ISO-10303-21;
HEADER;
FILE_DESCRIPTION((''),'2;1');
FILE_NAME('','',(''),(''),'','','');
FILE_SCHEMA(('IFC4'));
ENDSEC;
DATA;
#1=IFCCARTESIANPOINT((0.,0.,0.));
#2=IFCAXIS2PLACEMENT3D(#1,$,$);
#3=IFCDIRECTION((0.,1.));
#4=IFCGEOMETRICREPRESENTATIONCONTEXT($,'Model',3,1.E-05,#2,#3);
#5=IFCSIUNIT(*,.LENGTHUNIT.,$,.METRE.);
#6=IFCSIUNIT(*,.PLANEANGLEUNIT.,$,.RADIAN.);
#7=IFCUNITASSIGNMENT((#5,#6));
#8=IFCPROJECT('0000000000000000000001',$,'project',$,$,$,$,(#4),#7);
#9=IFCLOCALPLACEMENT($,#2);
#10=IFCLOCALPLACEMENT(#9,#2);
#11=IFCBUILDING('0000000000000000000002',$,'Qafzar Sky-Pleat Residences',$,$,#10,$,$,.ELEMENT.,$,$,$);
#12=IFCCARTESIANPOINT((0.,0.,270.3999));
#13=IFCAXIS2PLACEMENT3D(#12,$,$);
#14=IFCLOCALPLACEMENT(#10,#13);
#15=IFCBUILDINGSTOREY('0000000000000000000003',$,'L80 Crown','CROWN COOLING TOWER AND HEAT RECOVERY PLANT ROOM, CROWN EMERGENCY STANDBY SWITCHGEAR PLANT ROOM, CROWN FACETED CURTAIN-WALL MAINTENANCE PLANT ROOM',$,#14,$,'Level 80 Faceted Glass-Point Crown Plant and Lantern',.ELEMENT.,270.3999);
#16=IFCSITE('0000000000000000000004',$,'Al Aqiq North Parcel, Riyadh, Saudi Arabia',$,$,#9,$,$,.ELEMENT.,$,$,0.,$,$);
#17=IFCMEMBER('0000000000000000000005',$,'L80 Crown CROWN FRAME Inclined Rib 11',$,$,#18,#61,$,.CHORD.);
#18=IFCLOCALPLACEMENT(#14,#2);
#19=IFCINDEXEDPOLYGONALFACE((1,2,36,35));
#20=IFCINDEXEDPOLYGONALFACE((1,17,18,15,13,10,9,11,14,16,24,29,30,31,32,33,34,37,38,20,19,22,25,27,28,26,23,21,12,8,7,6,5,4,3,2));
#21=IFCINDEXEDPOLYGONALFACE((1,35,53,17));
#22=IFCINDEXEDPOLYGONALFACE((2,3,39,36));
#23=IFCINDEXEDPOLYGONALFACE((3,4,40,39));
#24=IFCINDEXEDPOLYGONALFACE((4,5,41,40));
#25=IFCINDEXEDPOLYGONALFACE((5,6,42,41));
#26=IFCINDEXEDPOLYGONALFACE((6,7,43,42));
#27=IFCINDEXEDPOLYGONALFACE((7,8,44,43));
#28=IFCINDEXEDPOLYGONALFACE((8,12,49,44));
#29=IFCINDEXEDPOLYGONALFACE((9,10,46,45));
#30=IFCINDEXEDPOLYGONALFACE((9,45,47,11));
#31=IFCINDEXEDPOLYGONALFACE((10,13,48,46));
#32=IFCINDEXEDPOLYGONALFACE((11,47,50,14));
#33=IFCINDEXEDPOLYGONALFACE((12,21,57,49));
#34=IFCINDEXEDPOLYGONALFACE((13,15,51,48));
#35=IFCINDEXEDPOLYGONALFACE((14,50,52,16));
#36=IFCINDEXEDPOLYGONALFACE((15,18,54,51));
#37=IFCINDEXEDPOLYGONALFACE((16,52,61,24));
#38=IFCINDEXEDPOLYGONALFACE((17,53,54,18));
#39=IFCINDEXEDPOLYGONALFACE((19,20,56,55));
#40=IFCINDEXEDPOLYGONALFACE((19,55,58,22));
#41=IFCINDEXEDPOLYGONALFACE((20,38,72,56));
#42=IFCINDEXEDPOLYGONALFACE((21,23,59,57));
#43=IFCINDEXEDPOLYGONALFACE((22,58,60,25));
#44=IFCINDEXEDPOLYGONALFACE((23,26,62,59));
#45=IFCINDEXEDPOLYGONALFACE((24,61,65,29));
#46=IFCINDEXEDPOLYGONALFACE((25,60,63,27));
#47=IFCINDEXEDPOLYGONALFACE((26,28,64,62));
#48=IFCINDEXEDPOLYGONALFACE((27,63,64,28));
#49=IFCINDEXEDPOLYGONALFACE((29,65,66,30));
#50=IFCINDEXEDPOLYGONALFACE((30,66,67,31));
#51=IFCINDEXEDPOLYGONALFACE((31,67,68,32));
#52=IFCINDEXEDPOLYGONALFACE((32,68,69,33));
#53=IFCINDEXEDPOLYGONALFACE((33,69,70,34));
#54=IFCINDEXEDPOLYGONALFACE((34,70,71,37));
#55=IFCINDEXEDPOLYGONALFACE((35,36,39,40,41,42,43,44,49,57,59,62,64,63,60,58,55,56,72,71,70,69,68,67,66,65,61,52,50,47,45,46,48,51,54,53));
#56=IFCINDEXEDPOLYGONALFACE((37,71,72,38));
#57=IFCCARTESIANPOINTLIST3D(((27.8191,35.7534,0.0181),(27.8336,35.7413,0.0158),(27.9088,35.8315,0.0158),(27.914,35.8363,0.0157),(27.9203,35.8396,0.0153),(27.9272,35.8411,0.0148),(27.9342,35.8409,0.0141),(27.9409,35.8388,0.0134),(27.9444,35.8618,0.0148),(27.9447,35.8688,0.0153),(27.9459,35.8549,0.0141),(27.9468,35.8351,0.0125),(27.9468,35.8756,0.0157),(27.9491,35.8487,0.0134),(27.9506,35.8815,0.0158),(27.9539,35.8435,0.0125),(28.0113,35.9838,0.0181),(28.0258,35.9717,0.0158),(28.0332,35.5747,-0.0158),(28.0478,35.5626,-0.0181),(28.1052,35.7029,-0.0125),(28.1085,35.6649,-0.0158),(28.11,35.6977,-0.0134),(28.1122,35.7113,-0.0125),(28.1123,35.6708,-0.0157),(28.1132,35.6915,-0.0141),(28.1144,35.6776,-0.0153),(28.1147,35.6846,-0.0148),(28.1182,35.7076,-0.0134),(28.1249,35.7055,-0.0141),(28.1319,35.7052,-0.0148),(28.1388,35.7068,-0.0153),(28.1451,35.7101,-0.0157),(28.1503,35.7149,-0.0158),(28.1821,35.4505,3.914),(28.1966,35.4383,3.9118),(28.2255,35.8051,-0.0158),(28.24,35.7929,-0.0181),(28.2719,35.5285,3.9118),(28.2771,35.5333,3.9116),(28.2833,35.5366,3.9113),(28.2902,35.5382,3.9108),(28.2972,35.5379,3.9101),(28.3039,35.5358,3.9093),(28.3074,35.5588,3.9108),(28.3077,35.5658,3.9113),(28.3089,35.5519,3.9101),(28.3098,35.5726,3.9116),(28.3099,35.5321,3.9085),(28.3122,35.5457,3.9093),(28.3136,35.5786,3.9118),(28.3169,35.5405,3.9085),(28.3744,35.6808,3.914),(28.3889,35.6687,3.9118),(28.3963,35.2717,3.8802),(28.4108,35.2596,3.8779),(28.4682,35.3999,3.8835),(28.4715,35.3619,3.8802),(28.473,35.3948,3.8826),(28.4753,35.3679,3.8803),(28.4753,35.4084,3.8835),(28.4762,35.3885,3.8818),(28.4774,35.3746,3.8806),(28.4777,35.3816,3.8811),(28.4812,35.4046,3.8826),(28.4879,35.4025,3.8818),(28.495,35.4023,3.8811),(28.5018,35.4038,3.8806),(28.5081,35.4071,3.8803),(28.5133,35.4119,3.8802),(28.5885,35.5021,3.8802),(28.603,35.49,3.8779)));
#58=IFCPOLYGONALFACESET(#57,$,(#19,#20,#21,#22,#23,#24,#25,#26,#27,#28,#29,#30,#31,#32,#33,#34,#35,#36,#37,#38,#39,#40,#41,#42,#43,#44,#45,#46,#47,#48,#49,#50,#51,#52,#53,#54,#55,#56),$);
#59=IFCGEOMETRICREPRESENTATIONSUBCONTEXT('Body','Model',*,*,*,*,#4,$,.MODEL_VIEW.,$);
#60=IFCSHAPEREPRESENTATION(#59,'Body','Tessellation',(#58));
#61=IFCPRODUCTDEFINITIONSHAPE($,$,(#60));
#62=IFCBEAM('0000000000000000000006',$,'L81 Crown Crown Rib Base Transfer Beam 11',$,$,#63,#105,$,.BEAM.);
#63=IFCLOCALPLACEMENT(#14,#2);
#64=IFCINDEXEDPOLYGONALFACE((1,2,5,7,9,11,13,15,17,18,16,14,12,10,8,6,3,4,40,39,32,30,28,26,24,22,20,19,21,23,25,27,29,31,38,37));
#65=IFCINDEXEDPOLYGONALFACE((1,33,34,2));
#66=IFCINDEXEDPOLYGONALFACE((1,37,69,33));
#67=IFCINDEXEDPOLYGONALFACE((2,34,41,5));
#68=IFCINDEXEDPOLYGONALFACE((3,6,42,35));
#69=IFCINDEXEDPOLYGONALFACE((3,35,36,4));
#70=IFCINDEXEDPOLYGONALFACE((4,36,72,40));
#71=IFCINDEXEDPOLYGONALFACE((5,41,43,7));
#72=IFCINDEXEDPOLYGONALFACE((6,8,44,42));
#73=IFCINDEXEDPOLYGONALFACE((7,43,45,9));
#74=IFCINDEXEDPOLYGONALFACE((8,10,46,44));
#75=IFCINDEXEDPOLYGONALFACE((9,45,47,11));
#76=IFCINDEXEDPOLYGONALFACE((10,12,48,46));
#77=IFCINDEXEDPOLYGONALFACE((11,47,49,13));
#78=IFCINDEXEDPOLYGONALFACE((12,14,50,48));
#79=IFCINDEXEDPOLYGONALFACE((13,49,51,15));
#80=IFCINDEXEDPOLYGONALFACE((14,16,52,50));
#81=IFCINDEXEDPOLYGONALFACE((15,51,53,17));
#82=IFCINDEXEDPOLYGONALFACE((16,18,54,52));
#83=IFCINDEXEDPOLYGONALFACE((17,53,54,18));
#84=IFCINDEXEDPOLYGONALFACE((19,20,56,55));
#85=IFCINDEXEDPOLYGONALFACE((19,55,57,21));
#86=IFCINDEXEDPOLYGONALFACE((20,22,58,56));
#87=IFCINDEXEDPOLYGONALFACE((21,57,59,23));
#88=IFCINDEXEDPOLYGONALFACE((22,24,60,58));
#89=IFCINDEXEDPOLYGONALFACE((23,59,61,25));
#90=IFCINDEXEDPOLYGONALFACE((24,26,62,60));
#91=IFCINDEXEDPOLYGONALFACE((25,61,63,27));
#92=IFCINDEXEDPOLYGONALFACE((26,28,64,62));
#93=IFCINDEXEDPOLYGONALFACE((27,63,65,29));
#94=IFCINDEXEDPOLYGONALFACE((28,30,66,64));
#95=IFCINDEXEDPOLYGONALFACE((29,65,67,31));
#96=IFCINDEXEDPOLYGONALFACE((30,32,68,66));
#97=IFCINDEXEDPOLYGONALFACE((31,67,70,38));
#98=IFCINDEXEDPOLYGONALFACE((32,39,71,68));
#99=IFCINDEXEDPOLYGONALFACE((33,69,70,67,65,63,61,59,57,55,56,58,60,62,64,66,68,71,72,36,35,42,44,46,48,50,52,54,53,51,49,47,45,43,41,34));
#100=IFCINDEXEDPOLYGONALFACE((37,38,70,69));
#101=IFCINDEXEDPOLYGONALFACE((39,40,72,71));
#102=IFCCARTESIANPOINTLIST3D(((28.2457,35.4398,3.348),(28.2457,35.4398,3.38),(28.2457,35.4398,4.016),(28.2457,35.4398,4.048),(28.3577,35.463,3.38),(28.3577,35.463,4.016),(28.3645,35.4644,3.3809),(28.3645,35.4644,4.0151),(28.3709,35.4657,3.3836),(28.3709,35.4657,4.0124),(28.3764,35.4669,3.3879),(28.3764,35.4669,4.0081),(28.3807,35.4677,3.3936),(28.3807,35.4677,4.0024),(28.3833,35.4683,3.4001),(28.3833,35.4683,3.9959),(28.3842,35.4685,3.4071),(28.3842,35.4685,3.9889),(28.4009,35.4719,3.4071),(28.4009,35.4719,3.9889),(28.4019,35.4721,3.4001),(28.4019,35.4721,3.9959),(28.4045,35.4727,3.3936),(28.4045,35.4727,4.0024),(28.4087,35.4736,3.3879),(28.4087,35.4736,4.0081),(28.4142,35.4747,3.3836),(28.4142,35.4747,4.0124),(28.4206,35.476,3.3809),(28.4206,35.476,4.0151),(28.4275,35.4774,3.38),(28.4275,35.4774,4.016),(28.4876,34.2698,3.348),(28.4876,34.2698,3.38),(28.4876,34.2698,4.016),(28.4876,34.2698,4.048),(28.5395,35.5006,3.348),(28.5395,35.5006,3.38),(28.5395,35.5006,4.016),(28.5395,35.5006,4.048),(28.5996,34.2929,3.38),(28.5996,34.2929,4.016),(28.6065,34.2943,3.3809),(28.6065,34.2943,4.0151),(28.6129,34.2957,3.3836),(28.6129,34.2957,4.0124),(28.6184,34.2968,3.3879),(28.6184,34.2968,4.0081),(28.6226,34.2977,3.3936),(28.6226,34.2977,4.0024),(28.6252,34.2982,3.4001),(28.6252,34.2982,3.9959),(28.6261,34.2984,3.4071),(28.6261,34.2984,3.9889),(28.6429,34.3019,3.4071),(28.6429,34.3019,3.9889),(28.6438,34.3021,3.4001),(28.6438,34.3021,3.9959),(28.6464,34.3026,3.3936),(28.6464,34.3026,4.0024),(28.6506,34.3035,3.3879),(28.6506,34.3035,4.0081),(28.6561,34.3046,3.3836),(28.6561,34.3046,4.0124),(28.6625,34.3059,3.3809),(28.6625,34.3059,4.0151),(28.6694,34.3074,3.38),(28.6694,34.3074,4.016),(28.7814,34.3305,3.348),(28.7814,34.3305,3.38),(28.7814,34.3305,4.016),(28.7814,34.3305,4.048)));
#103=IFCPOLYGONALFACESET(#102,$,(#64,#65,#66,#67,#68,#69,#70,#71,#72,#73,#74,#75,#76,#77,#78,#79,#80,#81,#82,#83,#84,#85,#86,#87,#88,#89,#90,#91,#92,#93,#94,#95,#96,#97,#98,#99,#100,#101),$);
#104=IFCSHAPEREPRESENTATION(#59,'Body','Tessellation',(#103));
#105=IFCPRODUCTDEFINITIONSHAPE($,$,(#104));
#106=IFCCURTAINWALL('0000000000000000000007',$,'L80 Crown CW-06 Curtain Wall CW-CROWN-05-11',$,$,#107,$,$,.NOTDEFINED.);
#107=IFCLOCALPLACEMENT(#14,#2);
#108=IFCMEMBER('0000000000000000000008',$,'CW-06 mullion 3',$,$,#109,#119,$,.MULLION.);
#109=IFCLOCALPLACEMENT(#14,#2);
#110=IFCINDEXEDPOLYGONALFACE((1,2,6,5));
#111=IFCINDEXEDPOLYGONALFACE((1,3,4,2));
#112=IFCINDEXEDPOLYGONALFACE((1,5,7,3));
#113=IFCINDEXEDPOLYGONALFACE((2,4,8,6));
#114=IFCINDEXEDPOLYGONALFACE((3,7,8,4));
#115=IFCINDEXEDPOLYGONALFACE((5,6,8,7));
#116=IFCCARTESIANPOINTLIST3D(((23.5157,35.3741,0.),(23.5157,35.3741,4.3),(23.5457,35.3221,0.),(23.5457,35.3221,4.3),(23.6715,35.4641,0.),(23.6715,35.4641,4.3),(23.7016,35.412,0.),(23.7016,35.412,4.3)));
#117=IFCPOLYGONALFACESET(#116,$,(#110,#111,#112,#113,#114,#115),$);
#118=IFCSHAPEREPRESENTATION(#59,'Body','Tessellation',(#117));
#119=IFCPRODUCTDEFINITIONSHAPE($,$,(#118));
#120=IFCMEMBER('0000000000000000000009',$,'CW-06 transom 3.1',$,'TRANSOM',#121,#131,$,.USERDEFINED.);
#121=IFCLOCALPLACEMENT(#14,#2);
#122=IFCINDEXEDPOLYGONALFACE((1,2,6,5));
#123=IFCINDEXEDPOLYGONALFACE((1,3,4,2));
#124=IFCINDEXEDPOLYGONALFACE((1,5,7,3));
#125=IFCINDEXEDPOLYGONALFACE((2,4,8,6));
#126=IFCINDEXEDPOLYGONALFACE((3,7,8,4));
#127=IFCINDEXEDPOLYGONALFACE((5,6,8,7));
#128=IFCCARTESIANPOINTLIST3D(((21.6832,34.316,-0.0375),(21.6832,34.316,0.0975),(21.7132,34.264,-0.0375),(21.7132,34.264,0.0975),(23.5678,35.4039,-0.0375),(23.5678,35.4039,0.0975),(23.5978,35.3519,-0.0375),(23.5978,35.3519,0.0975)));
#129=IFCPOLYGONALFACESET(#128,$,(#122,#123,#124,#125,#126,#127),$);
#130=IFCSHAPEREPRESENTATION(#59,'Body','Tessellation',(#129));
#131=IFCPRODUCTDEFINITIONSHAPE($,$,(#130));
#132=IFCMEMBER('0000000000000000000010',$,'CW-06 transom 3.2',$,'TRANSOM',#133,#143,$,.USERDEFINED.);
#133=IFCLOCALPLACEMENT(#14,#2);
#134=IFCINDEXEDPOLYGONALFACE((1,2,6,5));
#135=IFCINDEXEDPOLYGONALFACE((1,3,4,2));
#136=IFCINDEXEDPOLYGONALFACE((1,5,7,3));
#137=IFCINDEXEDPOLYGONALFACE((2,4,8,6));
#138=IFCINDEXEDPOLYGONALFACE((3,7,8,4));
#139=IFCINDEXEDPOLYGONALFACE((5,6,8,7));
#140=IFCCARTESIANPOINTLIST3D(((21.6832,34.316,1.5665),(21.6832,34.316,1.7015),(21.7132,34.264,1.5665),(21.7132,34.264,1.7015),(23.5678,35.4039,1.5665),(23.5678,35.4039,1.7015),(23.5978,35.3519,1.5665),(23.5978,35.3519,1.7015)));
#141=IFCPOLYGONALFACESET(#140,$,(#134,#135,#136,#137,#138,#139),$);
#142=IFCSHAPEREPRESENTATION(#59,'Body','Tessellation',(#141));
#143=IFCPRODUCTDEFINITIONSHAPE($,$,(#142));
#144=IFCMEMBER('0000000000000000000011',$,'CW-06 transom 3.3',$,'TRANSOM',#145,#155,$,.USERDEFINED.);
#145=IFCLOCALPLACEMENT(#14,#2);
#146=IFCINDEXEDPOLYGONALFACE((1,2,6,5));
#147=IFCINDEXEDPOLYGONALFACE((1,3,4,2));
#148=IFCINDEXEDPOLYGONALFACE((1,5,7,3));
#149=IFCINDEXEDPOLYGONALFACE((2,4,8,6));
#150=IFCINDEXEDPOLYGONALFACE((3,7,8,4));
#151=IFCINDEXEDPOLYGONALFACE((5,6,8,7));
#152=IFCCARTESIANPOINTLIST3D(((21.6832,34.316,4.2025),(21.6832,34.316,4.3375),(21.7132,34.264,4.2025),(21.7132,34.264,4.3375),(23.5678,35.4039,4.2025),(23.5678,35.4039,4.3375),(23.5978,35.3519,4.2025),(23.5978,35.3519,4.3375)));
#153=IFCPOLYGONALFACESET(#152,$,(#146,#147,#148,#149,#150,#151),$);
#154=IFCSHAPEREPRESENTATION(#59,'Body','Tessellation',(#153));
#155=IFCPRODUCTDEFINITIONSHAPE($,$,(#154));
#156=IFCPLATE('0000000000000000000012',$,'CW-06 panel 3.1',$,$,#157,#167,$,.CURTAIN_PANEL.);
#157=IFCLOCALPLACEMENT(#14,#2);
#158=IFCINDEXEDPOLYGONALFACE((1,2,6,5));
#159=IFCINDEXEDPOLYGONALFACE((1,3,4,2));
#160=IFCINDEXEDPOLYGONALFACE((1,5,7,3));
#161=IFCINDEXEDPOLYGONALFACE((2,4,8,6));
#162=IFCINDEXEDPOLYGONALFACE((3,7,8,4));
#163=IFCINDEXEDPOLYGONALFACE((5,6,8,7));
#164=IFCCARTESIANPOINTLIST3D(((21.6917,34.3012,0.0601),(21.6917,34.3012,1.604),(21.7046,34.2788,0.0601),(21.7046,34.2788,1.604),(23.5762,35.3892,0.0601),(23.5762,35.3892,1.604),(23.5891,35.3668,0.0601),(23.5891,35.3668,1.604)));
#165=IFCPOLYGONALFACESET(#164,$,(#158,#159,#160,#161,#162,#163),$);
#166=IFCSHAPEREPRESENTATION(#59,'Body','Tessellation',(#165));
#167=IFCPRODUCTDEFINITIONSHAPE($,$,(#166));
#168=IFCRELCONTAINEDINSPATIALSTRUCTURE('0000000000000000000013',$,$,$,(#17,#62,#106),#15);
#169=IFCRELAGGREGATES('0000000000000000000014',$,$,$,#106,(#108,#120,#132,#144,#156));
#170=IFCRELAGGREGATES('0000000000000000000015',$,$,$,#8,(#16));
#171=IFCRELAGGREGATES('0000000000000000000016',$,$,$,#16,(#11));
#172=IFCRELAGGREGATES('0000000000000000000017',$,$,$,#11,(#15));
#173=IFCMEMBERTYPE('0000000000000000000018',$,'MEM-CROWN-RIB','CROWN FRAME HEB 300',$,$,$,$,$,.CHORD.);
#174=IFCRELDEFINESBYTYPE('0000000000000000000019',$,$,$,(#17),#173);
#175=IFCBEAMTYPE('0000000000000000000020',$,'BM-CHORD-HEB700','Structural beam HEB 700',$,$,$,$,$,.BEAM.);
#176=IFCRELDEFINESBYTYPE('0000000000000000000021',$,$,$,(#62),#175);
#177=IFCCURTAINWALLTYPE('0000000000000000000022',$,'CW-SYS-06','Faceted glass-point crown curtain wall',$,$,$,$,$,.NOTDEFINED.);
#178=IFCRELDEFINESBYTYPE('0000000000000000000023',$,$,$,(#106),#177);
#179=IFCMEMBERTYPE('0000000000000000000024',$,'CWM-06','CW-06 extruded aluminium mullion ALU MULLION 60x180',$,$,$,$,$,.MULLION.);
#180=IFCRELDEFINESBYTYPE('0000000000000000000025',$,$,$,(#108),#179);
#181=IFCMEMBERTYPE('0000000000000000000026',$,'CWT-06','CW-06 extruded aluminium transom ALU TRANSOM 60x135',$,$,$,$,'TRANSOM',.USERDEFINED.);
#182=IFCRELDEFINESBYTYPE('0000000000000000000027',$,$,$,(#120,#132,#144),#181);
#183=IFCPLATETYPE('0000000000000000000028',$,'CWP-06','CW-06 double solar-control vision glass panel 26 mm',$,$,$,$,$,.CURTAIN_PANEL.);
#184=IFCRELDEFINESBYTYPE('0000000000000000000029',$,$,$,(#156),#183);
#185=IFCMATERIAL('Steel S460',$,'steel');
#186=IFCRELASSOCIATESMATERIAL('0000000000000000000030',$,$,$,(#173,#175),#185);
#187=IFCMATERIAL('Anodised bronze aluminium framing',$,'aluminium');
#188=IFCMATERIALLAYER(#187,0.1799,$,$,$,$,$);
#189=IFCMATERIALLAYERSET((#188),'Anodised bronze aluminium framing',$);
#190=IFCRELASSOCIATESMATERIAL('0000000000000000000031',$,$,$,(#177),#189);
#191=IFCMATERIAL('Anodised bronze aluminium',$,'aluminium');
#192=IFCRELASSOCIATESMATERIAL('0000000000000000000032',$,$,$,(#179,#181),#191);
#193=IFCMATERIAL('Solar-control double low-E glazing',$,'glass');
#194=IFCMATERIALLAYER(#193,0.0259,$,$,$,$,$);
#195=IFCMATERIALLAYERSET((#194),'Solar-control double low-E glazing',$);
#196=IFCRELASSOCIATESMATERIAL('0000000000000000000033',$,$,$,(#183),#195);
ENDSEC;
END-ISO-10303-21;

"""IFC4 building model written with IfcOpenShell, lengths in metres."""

from ifc_helpers import new_model, si_unit, direction, frame, origin, origin_2d, place, context, subcontext, project, spatial, rectangle, i_section, extrude, source, transform, mapped, material, layer, layer_set, material_profile, profile_set, type_object, element, aggregate, save


model = new_model("IFC4")

# Units and contexts
model_context = context("Model", 3, precision=1e-05, world=origin(), true_north=direction((0.0, 1.0)))
body_context = subcontext(model_context, "Body", "Model", "MODEL_VIEW")
ifc_project = project(units=[si_unit("LENGTHUNIT", "METRE"), si_unit("PLANEANGLEUNIT", "RADIAN")], contexts=[model_context])

# Site, building, storey
site_placement = place(None, origin())
site = spatial("IfcSite", under=ifc_project, at=site_placement, Name="Al Aqiq North Parcel, Riyadh, Saudi Arabia", CompositionType="ELEMENT", RefElevation=0.0)
building_placement = place(site_placement, origin())
building = spatial("IfcBuilding", under=site, at=building_placement, Name="Qafzar Sky-Pleat Residences", CompositionType="ELEMENT")
storey_placement = place(building_placement, frame((0.0, 0.0, 270.3999)))
storey = spatial("IfcBuildingStorey", under=building, at=storey_placement, Name="L80 Crown", Description="CROWN COOLING TOWER AND HEAT RECOVERY PLANT ROOM, CROWN EMERGENCY STANDBY SWITCHGEAR PLANT ROOM, CROWN FACETED CURTAIN-WALL MAINTENANCE PLANT ROOM", LongName="Level 80 Faceted Glass-Point Crown Plant and Lantern", CompositionType="ELEMENT", Elevation=270.3999)

# Member
ifc_material_1 = material(Name="Steel S460", Category="steel")
ifc_material_profile_1 = material_profile(ifc_material_1, i_section(OverallWidth=0.3, OverallDepth=0.3, WebThickness=0.011, FlangeThickness=0.019, FilletRadius=0.0271, at=origin_2d()), Name="HEB 300")
ifc_profile_set_1 = profile_set([ifc_material_profile_1], Name="Steel S460")
member_type_1 = type_object("IfcMemberType", Name="MEM-CROWN-RIB", Description="CROWN FRAME HEB 300", PredefinedType="CHORD", material=ifc_profile_set_1)
shared_shape_1 = source(origin(), body_context, "Body", "SweptSolid", [
    extrude(i_section(OverallWidth=0.3, OverallDepth=0.3, WebThickness=0.011, FlangeThickness=0.019, FilletRadius=0.0271, at=origin_2d()), origin(), (0.0, 0.0, 1.0), 3.9246),
])
member_1_placement = place(storey_placement, frame((28.0295, 35.7732, 0.0), z_axis=(0.092503, -0.0772, 0.992715), x_axis=(0.640743, 0.767756, 0.0)))
element("IfcMember", 1, at=member_1_placement, inside=storey, type_object=member_type_1, Name="L80 Crown CROWN FRAME Inclined Rib 11", PredefinedType="CHORD", context=body_context, shape_type="MappedRepresentation", body=[
    mapped(shared_shape_1, transform((0.0, 0.0, 0.0), x_axis=(1.0, 0.0, 0.0), y_axis=(0.0, 1.0, 0.0), z_axis=(0.0, 0.0, 1.0), scale=1.0)),
])

# Beam
ifc_material_profile_2 = material_profile(ifc_material_1, i_section(OverallWidth=0.3, OverallDepth=0.7, WebThickness=0.0171, FlangeThickness=0.032, FilletRadius=0.0271, at=origin_2d()), Name="HEB 700")
ifc_profile_set_2 = profile_set([ifc_material_profile_2], Name="Steel S460")
beam_type = type_object("IfcBeamType", Name="BM-CHORD-HEB700", Description="Structural beam HEB 700", PredefinedType="BEAM", material=ifc_profile_set_2)
shared_shape_2 = source(origin(), body_context, "Body", "SweptSolid", [
    extrude(i_section(OverallWidth=0.3, OverallDepth=0.7, WebThickness=0.0171, FlangeThickness=0.032, FilletRadius=0.0271, at=origin_2d()), origin(), (0.0, 0.0, 1.0), 1.1948),
])
beam_placement = place(storey_placement, frame((28.3926, 35.4702, 3.698), z_axis=(0.202477, -0.979287, 0.0), x_axis=(0.979287, 0.202477, 0.0)))
element("IfcBeam", 2, at=beam_placement, inside=storey, type_object=beam_type, Name="L81 Crown Crown Rib Base Transfer Beam 11", PredefinedType="BEAM", context=body_context, shape_type="MappedRepresentation", body=[
    mapped(shared_shape_2, transform((0.0, 0.0, 0.0), x_axis=(1.0, 0.0, 0.0), y_axis=(0.0, 1.0, 0.0), z_axis=(0.0, 0.0, 1.0), scale=1.0)),
])

# Curtain wall, members, plate
ifc_material_2 = material(Name="Anodised bronze aluminium framing", Category="aluminium")
ifc_layer_1 = layer(ifc_material_2, 0.1799)
ifc_layer_set_1 = layer_set([ifc_layer_1], Name="Anodised bronze aluminium framing")
curtain_wall_type = type_object("IfcCurtainWallType", Name="CW-SYS-06", Description="Faceted glass-point crown curtain wall", PredefinedType="NOTDEFINED", material=ifc_layer_set_1)
curtain_wall_placement = place(storey_placement, origin())
curtain_wall = element("IfcCurtainWall", 3, at=curtain_wall_placement, inside=storey, type_object=curtain_wall_type, Name="L80 Crown CW-06 Curtain Wall CW-CROWN-05-11", PredefinedType="NOTDEFINED")
ifc_material_3 = material(Name="Anodised bronze aluminium", Category="aluminium")
ifc_material_profile_3 = material_profile(ifc_material_3, rectangle(XDim=0.0601, YDim=0.1799, at=origin_2d()), Name="ALU MULLION 60x180")
ifc_profile_set_3 = profile_set([ifc_material_profile_3], Name="Anodised bronze aluminium")
member_type_2 = type_object("IfcMemberType", Name="CWM-06", Description="CW-06 extruded aluminium mullion ALU MULLION 60x180", PredefinedType="MULLION", material=ifc_profile_set_3)
shared_shape_3 = source(origin(), body_context, "Body", "SweptSolid", [
    extrude(rectangle(XDim=0.0601, YDim=0.1799, at=origin_2d()), origin(), (0.0, 0.0, 1.0), 4.3),
])
member_2_placement = place(storey_placement, frame((23.6086, 35.3931, 0.0), z_axis=(0.0, 0.0, 1.0), x_axis=(0.500003, -0.866024, 0.0)))
member_2 = element("IfcMember", 4, at=member_2_placement, type_object=member_type_2, Name="CW-06 mullion 3", PredefinedType="MULLION", context=body_context, shape_type="MappedRepresentation", body=[
    mapped(shared_shape_3, transform((0.0, 0.0, 0.0), x_axis=(1.0, 0.0, 0.0), y_axis=(0.0, 1.0, 0.0), z_axis=(0.0, 0.0, 1.0), scale=1.0)),
])
ifc_material_profile_4 = material_profile(ifc_material_3, rectangle(XDim=0.0601, YDim=0.135, at=origin_2d()), Name="ALU TRANSOM 60x135")
ifc_profile_set_4 = profile_set([ifc_material_profile_4], Name="Anodised bronze aluminium")
member_type_3 = type_object("IfcMemberType", Name="CWT-06", Description="CW-06 extruded aluminium transom ALU TRANSOM 60x135", ElementType="TRANSOM", PredefinedType="USERDEFINED", material=ifc_profile_set_4)
shared_shape_4 = source(origin(), body_context, "Body", "SweptSolid", [
    extrude(rectangle(XDim=0.0601, YDim=0.135, at=origin_2d()), origin(), (0.0, 0.0, 1.0), 2.176),
])
member_3_placement = place(storey_placement, frame((23.5828, 35.3779, 0.03), z_axis=(-0.866053, -0.499952, 0.0), x_axis=(0.499952, -0.866053, 0.0)))
member_3 = element("IfcMember", 5, at=member_3_placement, type_object=member_type_3, Name="CW-06 transom 3.1", ObjectType="TRANSOM", PredefinedType="USERDEFINED", context=body_context, shape_type="MappedRepresentation", body=[
    mapped(shared_shape_4, transform((0.0, 0.0, 0.0), x_axis=(1.0, 0.0, 0.0), y_axis=(0.0, 1.0, 0.0), z_axis=(0.0, 0.0, 1.0), scale=1.0)),
])
member_4_placement = place(storey_placement, frame((23.5828, 35.3779, 1.634), z_axis=(-0.866053, -0.499952, 0.0), x_axis=(0.499952, -0.866053, 0.0)))
member_4 = element("IfcMember", 6, at=member_4_placement, type_object=member_type_3, Name="CW-06 transom 3.2", ObjectType="TRANSOM", PredefinedType="USERDEFINED", context=body_context, shape_type="MappedRepresentation", body=[
    mapped(shared_shape_4, transform((0.0, 0.0, 0.0), x_axis=(1.0, 0.0, 0.0), y_axis=(0.0, 1.0, 0.0), z_axis=(0.0, 0.0, 1.0), scale=1.0)),
])
member_5_placement = place(storey_placement, frame((23.5828, 35.3779, 4.27), z_axis=(-0.866053, -0.499952, 0.0), x_axis=(0.499952, -0.866053, 0.0)))
member_5 = element("IfcMember", 7, at=member_5_placement, type_object=member_type_3, Name="CW-06 transom 3.3", ObjectType="TRANSOM", PredefinedType="USERDEFINED", context=body_context, shape_type="MappedRepresentation", body=[
    mapped(shared_shape_4, transform((0.0, 0.0, 0.0), x_axis=(1.0, 0.0, 0.0), y_axis=(0.0, 1.0, 0.0), z_axis=(0.0, 0.0, 1.0), scale=1.0)),
])
ifc_material_4 = material(Name="Solar-control double low-E glazing", Category="glass")
ifc_layer_2 = layer(ifc_material_4, 0.0259)
ifc_layer_set_2 = layer_set([ifc_layer_2], Name="Solar-control double low-E glazing")
plate_type = type_object("IfcPlateType", Name="CWP-06", Description="CW-06 double solar-control vision glass panel 26 mm", PredefinedType="CURTAIN_PANEL", material=ifc_layer_set_2)
shared_shape_5 = source(origin(), body_context, "Body", "SweptSolid", [
    extrude(rectangle(XDim=2.176, YDim=0.0259, at=origin_2d()), origin(), (0.0, 0.0, 1.0), 1.5439),
])
plate_1_placement = place(storey_placement, frame((22.6404, 34.834, 0.0601), z_axis=(0.0, 0.0, 1.0), x_axis=(-0.866024, -0.500003, 0.0)))
plate_1 = element("IfcPlate", 8, at=plate_1_placement, type_object=plate_type, Name="CW-06 panel 3.1", PredefinedType="CURTAIN_PANEL", context=body_context, shape_type="MappedRepresentation", body=[
    mapped(shared_shape_5, transform((0.0, 0.0, 0.0), x_axis=(1.0, 0.0, 0.0), y_axis=(0.0, 1.0, 0.0), z_axis=(0.0, 0.0, 1.0), scale=1.0)),
])
aggregate(curtain_wall, [member_2, member_3, member_4, member_5, plate_1])

save(model, "model.ifc")
